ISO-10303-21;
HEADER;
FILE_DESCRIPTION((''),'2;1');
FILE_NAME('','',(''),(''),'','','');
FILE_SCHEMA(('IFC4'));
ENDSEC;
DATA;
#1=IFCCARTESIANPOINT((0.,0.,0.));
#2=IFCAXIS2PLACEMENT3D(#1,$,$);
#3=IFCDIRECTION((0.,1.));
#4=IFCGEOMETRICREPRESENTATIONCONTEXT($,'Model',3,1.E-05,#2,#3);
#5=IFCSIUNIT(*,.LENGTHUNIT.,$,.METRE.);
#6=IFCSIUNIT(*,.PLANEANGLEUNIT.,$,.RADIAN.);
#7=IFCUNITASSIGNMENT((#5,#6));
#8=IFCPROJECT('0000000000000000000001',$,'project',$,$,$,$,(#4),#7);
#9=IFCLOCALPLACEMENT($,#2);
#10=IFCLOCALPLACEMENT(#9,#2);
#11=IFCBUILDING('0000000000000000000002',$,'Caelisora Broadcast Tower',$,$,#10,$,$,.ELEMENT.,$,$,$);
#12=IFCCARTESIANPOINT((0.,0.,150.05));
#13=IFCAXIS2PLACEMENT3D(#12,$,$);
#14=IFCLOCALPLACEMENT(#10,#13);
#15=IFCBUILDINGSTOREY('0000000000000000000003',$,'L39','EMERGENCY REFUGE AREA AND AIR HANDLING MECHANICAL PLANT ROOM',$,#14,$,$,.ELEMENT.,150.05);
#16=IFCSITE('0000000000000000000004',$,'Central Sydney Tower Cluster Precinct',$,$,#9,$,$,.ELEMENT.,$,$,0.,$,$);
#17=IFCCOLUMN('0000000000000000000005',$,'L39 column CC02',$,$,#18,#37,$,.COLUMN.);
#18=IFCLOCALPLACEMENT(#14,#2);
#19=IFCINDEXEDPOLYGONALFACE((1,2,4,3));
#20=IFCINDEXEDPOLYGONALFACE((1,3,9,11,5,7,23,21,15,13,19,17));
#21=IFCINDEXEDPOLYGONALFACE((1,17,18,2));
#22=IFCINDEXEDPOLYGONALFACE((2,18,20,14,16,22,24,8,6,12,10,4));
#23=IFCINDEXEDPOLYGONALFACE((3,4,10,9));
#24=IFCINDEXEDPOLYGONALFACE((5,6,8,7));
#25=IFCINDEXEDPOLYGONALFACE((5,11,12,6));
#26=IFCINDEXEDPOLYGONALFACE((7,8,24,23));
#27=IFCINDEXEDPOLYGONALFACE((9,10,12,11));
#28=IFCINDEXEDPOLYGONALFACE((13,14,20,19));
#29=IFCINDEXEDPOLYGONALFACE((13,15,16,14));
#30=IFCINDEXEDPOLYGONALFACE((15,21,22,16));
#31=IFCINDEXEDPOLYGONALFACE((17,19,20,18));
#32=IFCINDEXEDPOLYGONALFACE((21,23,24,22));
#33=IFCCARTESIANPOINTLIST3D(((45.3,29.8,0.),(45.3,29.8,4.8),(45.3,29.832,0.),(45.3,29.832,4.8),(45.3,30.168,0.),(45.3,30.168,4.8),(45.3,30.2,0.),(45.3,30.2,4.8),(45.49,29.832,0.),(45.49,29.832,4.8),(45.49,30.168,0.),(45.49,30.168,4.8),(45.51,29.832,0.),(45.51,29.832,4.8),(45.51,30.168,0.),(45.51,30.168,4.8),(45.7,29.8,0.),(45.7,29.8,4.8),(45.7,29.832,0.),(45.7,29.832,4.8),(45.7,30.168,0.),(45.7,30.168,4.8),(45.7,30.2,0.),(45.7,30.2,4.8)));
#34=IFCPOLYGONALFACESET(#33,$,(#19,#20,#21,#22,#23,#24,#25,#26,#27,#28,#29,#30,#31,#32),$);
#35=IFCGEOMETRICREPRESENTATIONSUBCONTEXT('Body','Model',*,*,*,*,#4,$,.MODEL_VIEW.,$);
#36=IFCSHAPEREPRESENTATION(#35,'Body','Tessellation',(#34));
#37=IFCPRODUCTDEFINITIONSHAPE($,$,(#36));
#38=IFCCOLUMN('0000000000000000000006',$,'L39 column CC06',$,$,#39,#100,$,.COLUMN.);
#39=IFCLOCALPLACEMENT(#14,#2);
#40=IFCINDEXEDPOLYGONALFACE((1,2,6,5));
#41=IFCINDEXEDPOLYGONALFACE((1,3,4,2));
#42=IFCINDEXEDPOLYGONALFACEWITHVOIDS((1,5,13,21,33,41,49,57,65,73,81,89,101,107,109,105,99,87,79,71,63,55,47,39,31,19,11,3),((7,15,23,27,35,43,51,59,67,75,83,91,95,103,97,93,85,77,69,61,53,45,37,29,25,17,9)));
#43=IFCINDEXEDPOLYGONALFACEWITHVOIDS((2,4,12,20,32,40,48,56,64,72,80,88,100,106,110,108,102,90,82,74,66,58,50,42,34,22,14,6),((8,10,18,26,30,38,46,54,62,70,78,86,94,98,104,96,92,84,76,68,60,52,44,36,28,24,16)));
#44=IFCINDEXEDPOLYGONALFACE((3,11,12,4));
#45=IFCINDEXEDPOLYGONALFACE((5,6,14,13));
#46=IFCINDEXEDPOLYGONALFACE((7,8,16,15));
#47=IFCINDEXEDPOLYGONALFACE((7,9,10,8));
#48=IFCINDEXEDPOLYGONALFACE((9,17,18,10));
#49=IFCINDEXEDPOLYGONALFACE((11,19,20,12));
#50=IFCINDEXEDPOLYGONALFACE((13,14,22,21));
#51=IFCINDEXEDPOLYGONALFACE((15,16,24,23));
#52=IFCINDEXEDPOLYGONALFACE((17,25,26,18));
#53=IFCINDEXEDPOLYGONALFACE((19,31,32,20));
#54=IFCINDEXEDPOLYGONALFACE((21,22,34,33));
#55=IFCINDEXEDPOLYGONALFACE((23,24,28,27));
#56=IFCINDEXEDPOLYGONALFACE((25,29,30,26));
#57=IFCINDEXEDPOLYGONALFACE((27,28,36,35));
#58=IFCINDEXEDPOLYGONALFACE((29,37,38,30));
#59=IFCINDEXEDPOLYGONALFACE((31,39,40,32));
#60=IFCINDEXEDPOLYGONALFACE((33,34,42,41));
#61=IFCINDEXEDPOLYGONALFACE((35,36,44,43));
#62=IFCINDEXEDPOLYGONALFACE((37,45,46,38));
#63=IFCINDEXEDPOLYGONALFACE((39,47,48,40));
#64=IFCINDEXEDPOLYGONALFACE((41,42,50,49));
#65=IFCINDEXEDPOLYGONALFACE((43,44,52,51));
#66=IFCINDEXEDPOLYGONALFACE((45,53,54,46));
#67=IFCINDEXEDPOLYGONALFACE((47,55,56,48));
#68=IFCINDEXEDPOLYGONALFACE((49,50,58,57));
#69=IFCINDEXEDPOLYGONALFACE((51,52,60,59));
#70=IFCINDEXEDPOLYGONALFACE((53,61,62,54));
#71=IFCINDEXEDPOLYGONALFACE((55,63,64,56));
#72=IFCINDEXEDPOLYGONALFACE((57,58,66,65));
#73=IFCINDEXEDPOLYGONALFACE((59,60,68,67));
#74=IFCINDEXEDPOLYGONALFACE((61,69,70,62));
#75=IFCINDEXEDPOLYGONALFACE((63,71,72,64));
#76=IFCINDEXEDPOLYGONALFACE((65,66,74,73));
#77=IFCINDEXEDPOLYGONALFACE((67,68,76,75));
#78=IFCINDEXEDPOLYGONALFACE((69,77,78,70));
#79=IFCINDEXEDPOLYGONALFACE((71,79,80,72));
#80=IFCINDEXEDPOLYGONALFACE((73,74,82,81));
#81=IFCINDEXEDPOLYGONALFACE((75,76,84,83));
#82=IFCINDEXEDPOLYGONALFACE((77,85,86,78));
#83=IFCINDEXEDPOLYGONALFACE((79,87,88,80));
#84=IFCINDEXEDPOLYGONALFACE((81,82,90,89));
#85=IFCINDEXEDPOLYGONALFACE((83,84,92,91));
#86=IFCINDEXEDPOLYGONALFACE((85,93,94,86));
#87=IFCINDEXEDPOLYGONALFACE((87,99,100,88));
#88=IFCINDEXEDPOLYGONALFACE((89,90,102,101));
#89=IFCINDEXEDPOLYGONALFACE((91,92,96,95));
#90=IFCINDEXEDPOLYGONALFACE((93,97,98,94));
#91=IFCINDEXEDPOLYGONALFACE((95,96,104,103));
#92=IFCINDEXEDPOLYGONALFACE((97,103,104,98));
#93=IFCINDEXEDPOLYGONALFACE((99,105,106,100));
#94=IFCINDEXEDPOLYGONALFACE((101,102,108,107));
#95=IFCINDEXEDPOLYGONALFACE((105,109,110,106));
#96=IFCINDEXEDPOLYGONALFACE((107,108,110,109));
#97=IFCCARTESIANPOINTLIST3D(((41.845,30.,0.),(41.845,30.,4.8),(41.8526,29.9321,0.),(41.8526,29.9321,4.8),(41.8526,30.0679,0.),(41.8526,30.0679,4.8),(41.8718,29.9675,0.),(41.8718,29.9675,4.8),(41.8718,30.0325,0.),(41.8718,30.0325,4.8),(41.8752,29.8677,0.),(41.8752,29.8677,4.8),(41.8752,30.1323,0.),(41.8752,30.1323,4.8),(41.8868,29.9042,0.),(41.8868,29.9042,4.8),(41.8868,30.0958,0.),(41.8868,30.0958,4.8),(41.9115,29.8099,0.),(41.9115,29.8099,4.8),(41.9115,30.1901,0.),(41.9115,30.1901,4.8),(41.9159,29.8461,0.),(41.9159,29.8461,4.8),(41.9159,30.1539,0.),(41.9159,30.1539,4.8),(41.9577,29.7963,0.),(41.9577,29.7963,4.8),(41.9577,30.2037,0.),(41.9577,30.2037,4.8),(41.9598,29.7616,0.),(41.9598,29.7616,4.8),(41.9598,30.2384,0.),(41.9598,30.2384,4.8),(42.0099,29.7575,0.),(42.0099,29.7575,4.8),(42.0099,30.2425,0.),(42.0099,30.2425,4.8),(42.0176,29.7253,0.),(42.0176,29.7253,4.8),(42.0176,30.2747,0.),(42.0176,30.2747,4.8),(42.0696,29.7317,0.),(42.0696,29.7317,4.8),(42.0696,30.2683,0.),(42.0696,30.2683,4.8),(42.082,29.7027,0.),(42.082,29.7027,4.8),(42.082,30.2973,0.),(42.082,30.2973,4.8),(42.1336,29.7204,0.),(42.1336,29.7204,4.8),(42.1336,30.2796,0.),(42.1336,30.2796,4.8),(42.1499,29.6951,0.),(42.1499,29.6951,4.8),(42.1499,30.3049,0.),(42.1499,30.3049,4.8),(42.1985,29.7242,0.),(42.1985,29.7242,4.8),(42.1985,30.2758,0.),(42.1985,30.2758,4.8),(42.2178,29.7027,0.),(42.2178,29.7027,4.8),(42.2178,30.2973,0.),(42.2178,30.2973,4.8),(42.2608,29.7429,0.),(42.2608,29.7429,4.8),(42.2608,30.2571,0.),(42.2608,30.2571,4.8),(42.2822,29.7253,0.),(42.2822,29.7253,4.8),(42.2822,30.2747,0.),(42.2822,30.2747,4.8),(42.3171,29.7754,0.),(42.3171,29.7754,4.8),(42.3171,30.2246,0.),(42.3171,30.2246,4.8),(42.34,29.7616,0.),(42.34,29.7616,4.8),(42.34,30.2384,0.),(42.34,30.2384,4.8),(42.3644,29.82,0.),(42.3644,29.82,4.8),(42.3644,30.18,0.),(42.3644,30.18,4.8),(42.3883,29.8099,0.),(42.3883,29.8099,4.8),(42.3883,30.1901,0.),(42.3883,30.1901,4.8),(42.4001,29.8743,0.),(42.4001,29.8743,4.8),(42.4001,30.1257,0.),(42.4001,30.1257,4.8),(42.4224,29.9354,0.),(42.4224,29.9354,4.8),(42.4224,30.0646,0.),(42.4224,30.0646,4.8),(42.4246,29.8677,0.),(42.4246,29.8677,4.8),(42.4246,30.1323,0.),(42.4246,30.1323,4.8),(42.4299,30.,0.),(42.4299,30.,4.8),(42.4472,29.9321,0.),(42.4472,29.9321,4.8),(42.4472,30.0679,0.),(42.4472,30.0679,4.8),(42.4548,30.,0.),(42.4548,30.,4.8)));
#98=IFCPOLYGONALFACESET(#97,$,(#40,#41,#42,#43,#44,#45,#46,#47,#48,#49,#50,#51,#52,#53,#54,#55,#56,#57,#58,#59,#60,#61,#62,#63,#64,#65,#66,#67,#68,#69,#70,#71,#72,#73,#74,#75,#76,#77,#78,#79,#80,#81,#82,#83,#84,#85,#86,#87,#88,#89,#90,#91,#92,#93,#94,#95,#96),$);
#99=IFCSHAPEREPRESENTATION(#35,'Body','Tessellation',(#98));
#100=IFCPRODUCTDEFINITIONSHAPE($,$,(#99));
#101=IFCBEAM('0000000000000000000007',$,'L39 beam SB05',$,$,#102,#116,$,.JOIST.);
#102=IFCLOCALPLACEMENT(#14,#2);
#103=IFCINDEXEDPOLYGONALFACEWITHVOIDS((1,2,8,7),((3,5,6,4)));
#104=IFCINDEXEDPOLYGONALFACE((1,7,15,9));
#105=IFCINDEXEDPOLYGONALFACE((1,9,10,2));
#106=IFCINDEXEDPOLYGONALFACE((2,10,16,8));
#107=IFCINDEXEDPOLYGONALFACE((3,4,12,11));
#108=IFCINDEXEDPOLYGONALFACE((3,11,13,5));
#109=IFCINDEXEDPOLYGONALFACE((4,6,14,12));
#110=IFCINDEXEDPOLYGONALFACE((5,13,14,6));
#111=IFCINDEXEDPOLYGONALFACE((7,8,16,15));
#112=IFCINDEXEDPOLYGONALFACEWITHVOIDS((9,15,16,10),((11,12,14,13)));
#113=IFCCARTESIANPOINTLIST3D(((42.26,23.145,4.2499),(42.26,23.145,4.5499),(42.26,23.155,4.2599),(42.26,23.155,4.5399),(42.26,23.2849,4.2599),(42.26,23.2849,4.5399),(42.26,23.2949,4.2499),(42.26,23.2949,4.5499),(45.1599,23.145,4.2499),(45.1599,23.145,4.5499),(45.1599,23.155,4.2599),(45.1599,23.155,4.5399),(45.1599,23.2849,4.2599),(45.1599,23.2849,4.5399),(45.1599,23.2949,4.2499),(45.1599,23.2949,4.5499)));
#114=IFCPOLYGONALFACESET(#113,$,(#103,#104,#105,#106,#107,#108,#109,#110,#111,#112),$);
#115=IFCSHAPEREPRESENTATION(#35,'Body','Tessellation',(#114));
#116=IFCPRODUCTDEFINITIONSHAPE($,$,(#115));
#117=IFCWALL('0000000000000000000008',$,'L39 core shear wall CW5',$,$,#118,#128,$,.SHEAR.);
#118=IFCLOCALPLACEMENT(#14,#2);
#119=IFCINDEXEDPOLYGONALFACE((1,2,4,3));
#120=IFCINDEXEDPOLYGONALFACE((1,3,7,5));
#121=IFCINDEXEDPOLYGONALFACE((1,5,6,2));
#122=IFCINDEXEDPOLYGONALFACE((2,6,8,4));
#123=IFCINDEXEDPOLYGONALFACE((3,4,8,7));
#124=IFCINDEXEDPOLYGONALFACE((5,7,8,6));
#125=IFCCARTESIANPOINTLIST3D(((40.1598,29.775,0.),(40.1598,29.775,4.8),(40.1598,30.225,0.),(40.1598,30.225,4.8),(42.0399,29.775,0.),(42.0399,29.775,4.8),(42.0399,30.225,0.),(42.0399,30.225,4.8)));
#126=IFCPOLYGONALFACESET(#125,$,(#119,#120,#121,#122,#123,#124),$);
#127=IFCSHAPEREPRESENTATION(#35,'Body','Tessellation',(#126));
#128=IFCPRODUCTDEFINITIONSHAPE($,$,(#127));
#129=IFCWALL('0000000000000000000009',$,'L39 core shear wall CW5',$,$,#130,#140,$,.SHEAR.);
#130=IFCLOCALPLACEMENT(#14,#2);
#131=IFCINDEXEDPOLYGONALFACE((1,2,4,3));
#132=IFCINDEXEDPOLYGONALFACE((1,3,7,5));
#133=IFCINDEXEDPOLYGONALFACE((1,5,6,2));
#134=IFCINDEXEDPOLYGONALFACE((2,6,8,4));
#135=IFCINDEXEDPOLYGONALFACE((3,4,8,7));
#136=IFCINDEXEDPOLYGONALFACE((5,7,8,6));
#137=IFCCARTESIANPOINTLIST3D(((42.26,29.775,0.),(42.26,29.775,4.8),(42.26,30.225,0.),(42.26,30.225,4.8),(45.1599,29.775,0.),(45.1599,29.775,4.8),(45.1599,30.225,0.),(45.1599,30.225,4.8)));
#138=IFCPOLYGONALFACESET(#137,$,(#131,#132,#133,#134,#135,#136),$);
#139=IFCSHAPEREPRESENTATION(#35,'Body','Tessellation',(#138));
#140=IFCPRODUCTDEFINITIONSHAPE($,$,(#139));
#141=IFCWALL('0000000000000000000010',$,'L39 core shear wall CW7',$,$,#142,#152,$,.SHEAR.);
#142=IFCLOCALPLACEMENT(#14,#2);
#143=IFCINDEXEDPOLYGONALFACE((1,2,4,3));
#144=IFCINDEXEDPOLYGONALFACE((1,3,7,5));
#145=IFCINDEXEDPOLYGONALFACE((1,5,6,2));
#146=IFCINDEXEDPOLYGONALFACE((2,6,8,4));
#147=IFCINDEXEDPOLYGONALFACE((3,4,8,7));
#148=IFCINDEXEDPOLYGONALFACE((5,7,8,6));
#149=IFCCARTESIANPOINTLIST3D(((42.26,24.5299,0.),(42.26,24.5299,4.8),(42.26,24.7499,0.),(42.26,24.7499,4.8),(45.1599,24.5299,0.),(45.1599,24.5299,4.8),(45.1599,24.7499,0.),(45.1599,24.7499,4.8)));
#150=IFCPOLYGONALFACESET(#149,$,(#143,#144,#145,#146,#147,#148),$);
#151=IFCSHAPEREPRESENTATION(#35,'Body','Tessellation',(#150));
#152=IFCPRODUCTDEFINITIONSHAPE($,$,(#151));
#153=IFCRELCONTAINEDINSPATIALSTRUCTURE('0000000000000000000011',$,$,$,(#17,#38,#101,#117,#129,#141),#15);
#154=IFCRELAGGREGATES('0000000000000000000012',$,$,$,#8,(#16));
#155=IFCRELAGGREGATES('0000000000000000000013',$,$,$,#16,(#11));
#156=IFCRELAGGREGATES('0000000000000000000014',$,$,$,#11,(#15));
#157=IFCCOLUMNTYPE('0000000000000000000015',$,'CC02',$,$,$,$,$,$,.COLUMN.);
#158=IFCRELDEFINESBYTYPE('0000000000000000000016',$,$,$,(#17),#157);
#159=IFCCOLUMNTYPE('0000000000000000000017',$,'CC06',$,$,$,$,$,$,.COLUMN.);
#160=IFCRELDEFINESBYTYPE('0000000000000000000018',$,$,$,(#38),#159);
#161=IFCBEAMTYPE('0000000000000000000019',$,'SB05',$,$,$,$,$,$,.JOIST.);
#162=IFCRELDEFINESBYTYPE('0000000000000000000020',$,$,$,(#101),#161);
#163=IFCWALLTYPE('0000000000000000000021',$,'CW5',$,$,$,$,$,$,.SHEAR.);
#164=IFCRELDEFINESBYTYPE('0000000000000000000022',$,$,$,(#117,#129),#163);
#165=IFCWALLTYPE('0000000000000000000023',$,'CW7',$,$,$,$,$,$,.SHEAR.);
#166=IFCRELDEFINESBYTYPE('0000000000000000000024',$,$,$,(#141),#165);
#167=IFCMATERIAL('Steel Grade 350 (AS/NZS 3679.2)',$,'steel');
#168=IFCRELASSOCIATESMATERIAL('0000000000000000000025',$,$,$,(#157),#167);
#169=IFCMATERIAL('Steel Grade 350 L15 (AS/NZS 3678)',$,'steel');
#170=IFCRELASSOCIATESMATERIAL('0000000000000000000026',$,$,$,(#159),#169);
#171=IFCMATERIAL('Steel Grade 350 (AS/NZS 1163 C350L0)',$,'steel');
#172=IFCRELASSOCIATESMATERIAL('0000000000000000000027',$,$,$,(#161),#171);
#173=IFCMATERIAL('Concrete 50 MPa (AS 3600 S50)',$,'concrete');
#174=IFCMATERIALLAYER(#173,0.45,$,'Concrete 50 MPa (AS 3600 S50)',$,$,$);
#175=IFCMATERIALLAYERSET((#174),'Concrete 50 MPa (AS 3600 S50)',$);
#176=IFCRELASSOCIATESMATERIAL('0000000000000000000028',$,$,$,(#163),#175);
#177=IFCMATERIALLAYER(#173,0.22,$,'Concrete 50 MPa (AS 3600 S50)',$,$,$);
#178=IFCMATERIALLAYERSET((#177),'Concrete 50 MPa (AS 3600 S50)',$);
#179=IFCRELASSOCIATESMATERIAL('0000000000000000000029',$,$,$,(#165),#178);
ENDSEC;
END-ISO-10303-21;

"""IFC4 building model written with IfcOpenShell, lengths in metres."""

from ifc_helpers import new_model, si_unit, direction, frame, frame_2d, origin, origin_2d, place, context, subcontext, project, spatial, rectangle, hollow_rectangle, hollow_circle, i_section, extrude, source, transform, mapped, material, layer, layer_set, material_profile, profile_set, type_object, type_shapes, element, save


model = new_model("IFC4")

# Units and contexts
model_context = context("Model", 3, precision=1e-05, world=origin(), true_north=direction((0.0, 1.0)))
body_context = subcontext(model_context, "Body", "Model", "MODEL_VIEW")
ifc_project = project(units=[si_unit("LENGTHUNIT", "METRE"), si_unit("PLANEANGLEUNIT", "RADIAN")], contexts=[model_context])

# Site, building, storey
site_placement = place(None, origin())
site = spatial("IfcSite", under=ifc_project, at=site_placement, Name="Central Sydney Tower Cluster Precinct", CompositionType="ELEMENT", RefElevation=0.0)
building_placement = place(site_placement, origin())
building = spatial("IfcBuilding", under=site, at=building_placement, Name="Caelisora Broadcast Tower", CompositionType="ELEMENT")
storey_placement = place(building_placement, frame((0.0, 0.0, 150.05)))
storey = spatial("IfcBuildingStorey", under=building, at=storey_placement, Name="L39", Description="EMERGENCY REFUGE AREA AND AIR HANDLING MECHANICAL PLANT ROOM", CompositionType="ELEMENT", Elevation=150.05)

# Columns
ifc_material_1 = material(Name="Steel Grade 350 (AS/NZS 3679.2)", Category="steel")
ifc_material_profile_1 = material_profile(ifc_material_1, i_section(OverallWidth=0.3999, OverallDepth=0.3999, WebThickness=0.02, FlangeThickness=0.032, at=origin_2d()), Name="Steel Grade 350 (AS/NZS 3679.2)")
ifc_profile_set_1 = profile_set([ifc_material_profile_1], Name="Steel Grade 350 (AS/NZS 3679.2)")
column_type_1 = type_object("IfcColumnType", Name="CC02", PredefinedType="COLUMN", material=ifc_profile_set_1)
shared_shape_1 = source(origin(), body_context, "Body", "SweptSolid", [
    extrude(i_section(OverallWidth=0.3999, OverallDepth=0.3999, WebThickness=0.02, FlangeThickness=0.032, at=origin_2d()), origin(), (0.0, 0.0, 1.0), 4.8),
])
type_shapes(column_type_1, [shared_shape_1])
column_1_placement = place(storey_placement, frame((45.5, 30.0, 0.0), z_axis=(0.0, 0.0, 1.0), x_axis=(1.0, 0.0, 0.0)))
element("IfcColumn", 1, at=column_1_placement, inside=storey, type_object=column_type_1, Name="L39 column CC02", PredefinedType="COLUMN", context=body_context, shape_type="MappedRepresentation", body=[
    mapped(shared_shape_1, transform((0.0, 0.0, 0.0), scale=1.0)),
])
ifc_material_2 = material(Name="Steel Grade 350 L15 (AS/NZS 3678)", Category="steel")
ifc_material_profile_2 = material_profile(ifc_material_2, hollow_circle(Radius=0.3049, WallThickness=0.0249, at=origin_2d()), Name="Steel Grade 350 L15 (AS/NZS 3678)")
ifc_profile_set_2 = profile_set([ifc_material_profile_2], Name="Steel Grade 350 L15 (AS/NZS 3678)")
column_type_2 = type_object("IfcColumnType", Name="CC06", PredefinedType="COLUMN", material=ifc_profile_set_2)
shared_shape_2 = source(origin(), body_context, "Body", "SweptSolid", [
    extrude(hollow_circle(Radius=0.3049, WallThickness=0.0249, at=origin_2d()), origin(), (0.0, 0.0, 1.0), 4.8),
])
type_shapes(column_type_2, [shared_shape_2])
column_2_placement = place(storey_placement, frame((42.1499, 30.0, 0.0), z_axis=(0.0, 0.0, 1.0), x_axis=(1.0, 0.0, 0.0)))
element("IfcColumn", 2, at=column_2_placement, inside=storey, type_object=column_type_2, Name="L39 column CC06", PredefinedType="COLUMN", context=body_context, shape_type="MappedRepresentation", body=[
    mapped(shared_shape_2, transform((0.0, 0.0, 0.0), scale=1.0)),
])

# Beam
ifc_material_3 = material(Name="Steel Grade 350 (AS/NZS 1163 C350L0)", Category="steel")
ifc_material_profile_3 = material_profile(ifc_material_3, hollow_rectangle(XDim=0.1499, YDim=0.3, WallThickness=0.01, at=origin_2d()), Name="Steel Grade 350 (AS/NZS 1163 C350L0)")
ifc_profile_set_3 = profile_set([ifc_material_profile_3], Name="Steel Grade 350 (AS/NZS 1163 C350L0)")
beam_type = type_object("IfcBeamType", Name="SB05", PredefinedType="JOIST", material=ifc_profile_set_3)
shared_shape_3 = source(origin(), body_context, "Body", "SweptSolid", [
    extrude(hollow_rectangle(XDim=0.1499, YDim=0.3, WallThickness=0.01, at=origin_2d()), origin(), (0.0, 0.0, 1.0), 2.8999),
])
type_shapes(beam_type, [shared_shape_3])
beam_placement = place(storey_placement, frame((42.26, 23.22, 4.3999), z_axis=(1.0, 0.0, 0.0), x_axis=(0.0, 1.0, 0.0)))
element("IfcBeam", 3, at=beam_placement, inside=storey, type_object=beam_type, Name="L39 beam SB05", PredefinedType="JOIST", context=body_context, shape_type="MappedRepresentation", body=[
    mapped(shared_shape_3, transform((0.0, 0.0, 0.0), scale=1.0)),
])

# Walls
ifc_material_4 = material(Name="Concrete 50 MPa (AS 3600 S50)", Category="concrete")
ifc_layer_1 = layer(ifc_material_4, 0.45, Name="Concrete 50 MPa (AS 3600 S50)")
ifc_layer_set_1 = layer_set([ifc_layer_1], Name="Concrete 50 MPa (AS 3600 S50)")
wall_type_1 = type_object("IfcWallType", Name="CW5", PredefinedType="SHEAR", material=ifc_layer_set_1)
wall_1_placement = place(storey_placement, frame((40.1599, 30.0, 0.0), z_axis=(0.0, 0.0, 1.0), x_axis=(1.0, 0.0, 0.0)))
element("IfcWall", 4, at=wall_1_placement, inside=storey, type_object=wall_type_1, Name="L39 core shear wall CW5", PredefinedType="SHEAR", context=body_context, shape_type="SweptSolid", body=[
    extrude(rectangle(XDim=1.8801, YDim=0.45, at=frame_2d((0.9399, 0.0))), origin(), (0.0, 0.0, 1.0), 4.8),
])
wall_2_placement = place(storey_placement, frame((42.26, 30.0, 0.0), z_axis=(0.0, 0.0, 1.0), x_axis=(1.0, 0.0, 0.0)))
element("IfcWall", 5, at=wall_2_placement, inside=storey, type_object=wall_type_1, Name="L39 core shear wall CW5", PredefinedType="SHEAR", context=body_context, shape_type="SweptSolid", body=[
    extrude(rectangle(XDim=2.8999, YDim=0.45, at=frame_2d((1.45, 0.0))), origin(), (0.0, 0.0, 1.0), 4.8),
])
ifc_layer_2 = layer(ifc_material_4, 0.22, Name="Concrete 50 MPa (AS 3600 S50)")
ifc_layer_set_2 = layer_set([ifc_layer_2], Name="Concrete 50 MPa (AS 3600 S50)")
wall_type_2 = type_object("IfcWallType", Name="CW7", PredefinedType="SHEAR", material=ifc_layer_set_2)
wall_3_placement = place(storey_placement, frame((42.26, 24.6399, 0.0), z_axis=(0.0, 0.0, 1.0), x_axis=(1.0, 0.0, 0.0)))
element("IfcWall", 6, at=wall_3_placement, inside=storey, type_object=wall_type_2, Name="L39 core shear wall CW7", PredefinedType="SHEAR", context=body_context, shape_type="SweptSolid", body=[
    extrude(rectangle(XDim=2.8999, YDim=0.22, at=frame_2d((1.45, 0.0))), origin(), (0.0, 0.0, 1.0), 4.8),
])

save(model, "model.ifc")
